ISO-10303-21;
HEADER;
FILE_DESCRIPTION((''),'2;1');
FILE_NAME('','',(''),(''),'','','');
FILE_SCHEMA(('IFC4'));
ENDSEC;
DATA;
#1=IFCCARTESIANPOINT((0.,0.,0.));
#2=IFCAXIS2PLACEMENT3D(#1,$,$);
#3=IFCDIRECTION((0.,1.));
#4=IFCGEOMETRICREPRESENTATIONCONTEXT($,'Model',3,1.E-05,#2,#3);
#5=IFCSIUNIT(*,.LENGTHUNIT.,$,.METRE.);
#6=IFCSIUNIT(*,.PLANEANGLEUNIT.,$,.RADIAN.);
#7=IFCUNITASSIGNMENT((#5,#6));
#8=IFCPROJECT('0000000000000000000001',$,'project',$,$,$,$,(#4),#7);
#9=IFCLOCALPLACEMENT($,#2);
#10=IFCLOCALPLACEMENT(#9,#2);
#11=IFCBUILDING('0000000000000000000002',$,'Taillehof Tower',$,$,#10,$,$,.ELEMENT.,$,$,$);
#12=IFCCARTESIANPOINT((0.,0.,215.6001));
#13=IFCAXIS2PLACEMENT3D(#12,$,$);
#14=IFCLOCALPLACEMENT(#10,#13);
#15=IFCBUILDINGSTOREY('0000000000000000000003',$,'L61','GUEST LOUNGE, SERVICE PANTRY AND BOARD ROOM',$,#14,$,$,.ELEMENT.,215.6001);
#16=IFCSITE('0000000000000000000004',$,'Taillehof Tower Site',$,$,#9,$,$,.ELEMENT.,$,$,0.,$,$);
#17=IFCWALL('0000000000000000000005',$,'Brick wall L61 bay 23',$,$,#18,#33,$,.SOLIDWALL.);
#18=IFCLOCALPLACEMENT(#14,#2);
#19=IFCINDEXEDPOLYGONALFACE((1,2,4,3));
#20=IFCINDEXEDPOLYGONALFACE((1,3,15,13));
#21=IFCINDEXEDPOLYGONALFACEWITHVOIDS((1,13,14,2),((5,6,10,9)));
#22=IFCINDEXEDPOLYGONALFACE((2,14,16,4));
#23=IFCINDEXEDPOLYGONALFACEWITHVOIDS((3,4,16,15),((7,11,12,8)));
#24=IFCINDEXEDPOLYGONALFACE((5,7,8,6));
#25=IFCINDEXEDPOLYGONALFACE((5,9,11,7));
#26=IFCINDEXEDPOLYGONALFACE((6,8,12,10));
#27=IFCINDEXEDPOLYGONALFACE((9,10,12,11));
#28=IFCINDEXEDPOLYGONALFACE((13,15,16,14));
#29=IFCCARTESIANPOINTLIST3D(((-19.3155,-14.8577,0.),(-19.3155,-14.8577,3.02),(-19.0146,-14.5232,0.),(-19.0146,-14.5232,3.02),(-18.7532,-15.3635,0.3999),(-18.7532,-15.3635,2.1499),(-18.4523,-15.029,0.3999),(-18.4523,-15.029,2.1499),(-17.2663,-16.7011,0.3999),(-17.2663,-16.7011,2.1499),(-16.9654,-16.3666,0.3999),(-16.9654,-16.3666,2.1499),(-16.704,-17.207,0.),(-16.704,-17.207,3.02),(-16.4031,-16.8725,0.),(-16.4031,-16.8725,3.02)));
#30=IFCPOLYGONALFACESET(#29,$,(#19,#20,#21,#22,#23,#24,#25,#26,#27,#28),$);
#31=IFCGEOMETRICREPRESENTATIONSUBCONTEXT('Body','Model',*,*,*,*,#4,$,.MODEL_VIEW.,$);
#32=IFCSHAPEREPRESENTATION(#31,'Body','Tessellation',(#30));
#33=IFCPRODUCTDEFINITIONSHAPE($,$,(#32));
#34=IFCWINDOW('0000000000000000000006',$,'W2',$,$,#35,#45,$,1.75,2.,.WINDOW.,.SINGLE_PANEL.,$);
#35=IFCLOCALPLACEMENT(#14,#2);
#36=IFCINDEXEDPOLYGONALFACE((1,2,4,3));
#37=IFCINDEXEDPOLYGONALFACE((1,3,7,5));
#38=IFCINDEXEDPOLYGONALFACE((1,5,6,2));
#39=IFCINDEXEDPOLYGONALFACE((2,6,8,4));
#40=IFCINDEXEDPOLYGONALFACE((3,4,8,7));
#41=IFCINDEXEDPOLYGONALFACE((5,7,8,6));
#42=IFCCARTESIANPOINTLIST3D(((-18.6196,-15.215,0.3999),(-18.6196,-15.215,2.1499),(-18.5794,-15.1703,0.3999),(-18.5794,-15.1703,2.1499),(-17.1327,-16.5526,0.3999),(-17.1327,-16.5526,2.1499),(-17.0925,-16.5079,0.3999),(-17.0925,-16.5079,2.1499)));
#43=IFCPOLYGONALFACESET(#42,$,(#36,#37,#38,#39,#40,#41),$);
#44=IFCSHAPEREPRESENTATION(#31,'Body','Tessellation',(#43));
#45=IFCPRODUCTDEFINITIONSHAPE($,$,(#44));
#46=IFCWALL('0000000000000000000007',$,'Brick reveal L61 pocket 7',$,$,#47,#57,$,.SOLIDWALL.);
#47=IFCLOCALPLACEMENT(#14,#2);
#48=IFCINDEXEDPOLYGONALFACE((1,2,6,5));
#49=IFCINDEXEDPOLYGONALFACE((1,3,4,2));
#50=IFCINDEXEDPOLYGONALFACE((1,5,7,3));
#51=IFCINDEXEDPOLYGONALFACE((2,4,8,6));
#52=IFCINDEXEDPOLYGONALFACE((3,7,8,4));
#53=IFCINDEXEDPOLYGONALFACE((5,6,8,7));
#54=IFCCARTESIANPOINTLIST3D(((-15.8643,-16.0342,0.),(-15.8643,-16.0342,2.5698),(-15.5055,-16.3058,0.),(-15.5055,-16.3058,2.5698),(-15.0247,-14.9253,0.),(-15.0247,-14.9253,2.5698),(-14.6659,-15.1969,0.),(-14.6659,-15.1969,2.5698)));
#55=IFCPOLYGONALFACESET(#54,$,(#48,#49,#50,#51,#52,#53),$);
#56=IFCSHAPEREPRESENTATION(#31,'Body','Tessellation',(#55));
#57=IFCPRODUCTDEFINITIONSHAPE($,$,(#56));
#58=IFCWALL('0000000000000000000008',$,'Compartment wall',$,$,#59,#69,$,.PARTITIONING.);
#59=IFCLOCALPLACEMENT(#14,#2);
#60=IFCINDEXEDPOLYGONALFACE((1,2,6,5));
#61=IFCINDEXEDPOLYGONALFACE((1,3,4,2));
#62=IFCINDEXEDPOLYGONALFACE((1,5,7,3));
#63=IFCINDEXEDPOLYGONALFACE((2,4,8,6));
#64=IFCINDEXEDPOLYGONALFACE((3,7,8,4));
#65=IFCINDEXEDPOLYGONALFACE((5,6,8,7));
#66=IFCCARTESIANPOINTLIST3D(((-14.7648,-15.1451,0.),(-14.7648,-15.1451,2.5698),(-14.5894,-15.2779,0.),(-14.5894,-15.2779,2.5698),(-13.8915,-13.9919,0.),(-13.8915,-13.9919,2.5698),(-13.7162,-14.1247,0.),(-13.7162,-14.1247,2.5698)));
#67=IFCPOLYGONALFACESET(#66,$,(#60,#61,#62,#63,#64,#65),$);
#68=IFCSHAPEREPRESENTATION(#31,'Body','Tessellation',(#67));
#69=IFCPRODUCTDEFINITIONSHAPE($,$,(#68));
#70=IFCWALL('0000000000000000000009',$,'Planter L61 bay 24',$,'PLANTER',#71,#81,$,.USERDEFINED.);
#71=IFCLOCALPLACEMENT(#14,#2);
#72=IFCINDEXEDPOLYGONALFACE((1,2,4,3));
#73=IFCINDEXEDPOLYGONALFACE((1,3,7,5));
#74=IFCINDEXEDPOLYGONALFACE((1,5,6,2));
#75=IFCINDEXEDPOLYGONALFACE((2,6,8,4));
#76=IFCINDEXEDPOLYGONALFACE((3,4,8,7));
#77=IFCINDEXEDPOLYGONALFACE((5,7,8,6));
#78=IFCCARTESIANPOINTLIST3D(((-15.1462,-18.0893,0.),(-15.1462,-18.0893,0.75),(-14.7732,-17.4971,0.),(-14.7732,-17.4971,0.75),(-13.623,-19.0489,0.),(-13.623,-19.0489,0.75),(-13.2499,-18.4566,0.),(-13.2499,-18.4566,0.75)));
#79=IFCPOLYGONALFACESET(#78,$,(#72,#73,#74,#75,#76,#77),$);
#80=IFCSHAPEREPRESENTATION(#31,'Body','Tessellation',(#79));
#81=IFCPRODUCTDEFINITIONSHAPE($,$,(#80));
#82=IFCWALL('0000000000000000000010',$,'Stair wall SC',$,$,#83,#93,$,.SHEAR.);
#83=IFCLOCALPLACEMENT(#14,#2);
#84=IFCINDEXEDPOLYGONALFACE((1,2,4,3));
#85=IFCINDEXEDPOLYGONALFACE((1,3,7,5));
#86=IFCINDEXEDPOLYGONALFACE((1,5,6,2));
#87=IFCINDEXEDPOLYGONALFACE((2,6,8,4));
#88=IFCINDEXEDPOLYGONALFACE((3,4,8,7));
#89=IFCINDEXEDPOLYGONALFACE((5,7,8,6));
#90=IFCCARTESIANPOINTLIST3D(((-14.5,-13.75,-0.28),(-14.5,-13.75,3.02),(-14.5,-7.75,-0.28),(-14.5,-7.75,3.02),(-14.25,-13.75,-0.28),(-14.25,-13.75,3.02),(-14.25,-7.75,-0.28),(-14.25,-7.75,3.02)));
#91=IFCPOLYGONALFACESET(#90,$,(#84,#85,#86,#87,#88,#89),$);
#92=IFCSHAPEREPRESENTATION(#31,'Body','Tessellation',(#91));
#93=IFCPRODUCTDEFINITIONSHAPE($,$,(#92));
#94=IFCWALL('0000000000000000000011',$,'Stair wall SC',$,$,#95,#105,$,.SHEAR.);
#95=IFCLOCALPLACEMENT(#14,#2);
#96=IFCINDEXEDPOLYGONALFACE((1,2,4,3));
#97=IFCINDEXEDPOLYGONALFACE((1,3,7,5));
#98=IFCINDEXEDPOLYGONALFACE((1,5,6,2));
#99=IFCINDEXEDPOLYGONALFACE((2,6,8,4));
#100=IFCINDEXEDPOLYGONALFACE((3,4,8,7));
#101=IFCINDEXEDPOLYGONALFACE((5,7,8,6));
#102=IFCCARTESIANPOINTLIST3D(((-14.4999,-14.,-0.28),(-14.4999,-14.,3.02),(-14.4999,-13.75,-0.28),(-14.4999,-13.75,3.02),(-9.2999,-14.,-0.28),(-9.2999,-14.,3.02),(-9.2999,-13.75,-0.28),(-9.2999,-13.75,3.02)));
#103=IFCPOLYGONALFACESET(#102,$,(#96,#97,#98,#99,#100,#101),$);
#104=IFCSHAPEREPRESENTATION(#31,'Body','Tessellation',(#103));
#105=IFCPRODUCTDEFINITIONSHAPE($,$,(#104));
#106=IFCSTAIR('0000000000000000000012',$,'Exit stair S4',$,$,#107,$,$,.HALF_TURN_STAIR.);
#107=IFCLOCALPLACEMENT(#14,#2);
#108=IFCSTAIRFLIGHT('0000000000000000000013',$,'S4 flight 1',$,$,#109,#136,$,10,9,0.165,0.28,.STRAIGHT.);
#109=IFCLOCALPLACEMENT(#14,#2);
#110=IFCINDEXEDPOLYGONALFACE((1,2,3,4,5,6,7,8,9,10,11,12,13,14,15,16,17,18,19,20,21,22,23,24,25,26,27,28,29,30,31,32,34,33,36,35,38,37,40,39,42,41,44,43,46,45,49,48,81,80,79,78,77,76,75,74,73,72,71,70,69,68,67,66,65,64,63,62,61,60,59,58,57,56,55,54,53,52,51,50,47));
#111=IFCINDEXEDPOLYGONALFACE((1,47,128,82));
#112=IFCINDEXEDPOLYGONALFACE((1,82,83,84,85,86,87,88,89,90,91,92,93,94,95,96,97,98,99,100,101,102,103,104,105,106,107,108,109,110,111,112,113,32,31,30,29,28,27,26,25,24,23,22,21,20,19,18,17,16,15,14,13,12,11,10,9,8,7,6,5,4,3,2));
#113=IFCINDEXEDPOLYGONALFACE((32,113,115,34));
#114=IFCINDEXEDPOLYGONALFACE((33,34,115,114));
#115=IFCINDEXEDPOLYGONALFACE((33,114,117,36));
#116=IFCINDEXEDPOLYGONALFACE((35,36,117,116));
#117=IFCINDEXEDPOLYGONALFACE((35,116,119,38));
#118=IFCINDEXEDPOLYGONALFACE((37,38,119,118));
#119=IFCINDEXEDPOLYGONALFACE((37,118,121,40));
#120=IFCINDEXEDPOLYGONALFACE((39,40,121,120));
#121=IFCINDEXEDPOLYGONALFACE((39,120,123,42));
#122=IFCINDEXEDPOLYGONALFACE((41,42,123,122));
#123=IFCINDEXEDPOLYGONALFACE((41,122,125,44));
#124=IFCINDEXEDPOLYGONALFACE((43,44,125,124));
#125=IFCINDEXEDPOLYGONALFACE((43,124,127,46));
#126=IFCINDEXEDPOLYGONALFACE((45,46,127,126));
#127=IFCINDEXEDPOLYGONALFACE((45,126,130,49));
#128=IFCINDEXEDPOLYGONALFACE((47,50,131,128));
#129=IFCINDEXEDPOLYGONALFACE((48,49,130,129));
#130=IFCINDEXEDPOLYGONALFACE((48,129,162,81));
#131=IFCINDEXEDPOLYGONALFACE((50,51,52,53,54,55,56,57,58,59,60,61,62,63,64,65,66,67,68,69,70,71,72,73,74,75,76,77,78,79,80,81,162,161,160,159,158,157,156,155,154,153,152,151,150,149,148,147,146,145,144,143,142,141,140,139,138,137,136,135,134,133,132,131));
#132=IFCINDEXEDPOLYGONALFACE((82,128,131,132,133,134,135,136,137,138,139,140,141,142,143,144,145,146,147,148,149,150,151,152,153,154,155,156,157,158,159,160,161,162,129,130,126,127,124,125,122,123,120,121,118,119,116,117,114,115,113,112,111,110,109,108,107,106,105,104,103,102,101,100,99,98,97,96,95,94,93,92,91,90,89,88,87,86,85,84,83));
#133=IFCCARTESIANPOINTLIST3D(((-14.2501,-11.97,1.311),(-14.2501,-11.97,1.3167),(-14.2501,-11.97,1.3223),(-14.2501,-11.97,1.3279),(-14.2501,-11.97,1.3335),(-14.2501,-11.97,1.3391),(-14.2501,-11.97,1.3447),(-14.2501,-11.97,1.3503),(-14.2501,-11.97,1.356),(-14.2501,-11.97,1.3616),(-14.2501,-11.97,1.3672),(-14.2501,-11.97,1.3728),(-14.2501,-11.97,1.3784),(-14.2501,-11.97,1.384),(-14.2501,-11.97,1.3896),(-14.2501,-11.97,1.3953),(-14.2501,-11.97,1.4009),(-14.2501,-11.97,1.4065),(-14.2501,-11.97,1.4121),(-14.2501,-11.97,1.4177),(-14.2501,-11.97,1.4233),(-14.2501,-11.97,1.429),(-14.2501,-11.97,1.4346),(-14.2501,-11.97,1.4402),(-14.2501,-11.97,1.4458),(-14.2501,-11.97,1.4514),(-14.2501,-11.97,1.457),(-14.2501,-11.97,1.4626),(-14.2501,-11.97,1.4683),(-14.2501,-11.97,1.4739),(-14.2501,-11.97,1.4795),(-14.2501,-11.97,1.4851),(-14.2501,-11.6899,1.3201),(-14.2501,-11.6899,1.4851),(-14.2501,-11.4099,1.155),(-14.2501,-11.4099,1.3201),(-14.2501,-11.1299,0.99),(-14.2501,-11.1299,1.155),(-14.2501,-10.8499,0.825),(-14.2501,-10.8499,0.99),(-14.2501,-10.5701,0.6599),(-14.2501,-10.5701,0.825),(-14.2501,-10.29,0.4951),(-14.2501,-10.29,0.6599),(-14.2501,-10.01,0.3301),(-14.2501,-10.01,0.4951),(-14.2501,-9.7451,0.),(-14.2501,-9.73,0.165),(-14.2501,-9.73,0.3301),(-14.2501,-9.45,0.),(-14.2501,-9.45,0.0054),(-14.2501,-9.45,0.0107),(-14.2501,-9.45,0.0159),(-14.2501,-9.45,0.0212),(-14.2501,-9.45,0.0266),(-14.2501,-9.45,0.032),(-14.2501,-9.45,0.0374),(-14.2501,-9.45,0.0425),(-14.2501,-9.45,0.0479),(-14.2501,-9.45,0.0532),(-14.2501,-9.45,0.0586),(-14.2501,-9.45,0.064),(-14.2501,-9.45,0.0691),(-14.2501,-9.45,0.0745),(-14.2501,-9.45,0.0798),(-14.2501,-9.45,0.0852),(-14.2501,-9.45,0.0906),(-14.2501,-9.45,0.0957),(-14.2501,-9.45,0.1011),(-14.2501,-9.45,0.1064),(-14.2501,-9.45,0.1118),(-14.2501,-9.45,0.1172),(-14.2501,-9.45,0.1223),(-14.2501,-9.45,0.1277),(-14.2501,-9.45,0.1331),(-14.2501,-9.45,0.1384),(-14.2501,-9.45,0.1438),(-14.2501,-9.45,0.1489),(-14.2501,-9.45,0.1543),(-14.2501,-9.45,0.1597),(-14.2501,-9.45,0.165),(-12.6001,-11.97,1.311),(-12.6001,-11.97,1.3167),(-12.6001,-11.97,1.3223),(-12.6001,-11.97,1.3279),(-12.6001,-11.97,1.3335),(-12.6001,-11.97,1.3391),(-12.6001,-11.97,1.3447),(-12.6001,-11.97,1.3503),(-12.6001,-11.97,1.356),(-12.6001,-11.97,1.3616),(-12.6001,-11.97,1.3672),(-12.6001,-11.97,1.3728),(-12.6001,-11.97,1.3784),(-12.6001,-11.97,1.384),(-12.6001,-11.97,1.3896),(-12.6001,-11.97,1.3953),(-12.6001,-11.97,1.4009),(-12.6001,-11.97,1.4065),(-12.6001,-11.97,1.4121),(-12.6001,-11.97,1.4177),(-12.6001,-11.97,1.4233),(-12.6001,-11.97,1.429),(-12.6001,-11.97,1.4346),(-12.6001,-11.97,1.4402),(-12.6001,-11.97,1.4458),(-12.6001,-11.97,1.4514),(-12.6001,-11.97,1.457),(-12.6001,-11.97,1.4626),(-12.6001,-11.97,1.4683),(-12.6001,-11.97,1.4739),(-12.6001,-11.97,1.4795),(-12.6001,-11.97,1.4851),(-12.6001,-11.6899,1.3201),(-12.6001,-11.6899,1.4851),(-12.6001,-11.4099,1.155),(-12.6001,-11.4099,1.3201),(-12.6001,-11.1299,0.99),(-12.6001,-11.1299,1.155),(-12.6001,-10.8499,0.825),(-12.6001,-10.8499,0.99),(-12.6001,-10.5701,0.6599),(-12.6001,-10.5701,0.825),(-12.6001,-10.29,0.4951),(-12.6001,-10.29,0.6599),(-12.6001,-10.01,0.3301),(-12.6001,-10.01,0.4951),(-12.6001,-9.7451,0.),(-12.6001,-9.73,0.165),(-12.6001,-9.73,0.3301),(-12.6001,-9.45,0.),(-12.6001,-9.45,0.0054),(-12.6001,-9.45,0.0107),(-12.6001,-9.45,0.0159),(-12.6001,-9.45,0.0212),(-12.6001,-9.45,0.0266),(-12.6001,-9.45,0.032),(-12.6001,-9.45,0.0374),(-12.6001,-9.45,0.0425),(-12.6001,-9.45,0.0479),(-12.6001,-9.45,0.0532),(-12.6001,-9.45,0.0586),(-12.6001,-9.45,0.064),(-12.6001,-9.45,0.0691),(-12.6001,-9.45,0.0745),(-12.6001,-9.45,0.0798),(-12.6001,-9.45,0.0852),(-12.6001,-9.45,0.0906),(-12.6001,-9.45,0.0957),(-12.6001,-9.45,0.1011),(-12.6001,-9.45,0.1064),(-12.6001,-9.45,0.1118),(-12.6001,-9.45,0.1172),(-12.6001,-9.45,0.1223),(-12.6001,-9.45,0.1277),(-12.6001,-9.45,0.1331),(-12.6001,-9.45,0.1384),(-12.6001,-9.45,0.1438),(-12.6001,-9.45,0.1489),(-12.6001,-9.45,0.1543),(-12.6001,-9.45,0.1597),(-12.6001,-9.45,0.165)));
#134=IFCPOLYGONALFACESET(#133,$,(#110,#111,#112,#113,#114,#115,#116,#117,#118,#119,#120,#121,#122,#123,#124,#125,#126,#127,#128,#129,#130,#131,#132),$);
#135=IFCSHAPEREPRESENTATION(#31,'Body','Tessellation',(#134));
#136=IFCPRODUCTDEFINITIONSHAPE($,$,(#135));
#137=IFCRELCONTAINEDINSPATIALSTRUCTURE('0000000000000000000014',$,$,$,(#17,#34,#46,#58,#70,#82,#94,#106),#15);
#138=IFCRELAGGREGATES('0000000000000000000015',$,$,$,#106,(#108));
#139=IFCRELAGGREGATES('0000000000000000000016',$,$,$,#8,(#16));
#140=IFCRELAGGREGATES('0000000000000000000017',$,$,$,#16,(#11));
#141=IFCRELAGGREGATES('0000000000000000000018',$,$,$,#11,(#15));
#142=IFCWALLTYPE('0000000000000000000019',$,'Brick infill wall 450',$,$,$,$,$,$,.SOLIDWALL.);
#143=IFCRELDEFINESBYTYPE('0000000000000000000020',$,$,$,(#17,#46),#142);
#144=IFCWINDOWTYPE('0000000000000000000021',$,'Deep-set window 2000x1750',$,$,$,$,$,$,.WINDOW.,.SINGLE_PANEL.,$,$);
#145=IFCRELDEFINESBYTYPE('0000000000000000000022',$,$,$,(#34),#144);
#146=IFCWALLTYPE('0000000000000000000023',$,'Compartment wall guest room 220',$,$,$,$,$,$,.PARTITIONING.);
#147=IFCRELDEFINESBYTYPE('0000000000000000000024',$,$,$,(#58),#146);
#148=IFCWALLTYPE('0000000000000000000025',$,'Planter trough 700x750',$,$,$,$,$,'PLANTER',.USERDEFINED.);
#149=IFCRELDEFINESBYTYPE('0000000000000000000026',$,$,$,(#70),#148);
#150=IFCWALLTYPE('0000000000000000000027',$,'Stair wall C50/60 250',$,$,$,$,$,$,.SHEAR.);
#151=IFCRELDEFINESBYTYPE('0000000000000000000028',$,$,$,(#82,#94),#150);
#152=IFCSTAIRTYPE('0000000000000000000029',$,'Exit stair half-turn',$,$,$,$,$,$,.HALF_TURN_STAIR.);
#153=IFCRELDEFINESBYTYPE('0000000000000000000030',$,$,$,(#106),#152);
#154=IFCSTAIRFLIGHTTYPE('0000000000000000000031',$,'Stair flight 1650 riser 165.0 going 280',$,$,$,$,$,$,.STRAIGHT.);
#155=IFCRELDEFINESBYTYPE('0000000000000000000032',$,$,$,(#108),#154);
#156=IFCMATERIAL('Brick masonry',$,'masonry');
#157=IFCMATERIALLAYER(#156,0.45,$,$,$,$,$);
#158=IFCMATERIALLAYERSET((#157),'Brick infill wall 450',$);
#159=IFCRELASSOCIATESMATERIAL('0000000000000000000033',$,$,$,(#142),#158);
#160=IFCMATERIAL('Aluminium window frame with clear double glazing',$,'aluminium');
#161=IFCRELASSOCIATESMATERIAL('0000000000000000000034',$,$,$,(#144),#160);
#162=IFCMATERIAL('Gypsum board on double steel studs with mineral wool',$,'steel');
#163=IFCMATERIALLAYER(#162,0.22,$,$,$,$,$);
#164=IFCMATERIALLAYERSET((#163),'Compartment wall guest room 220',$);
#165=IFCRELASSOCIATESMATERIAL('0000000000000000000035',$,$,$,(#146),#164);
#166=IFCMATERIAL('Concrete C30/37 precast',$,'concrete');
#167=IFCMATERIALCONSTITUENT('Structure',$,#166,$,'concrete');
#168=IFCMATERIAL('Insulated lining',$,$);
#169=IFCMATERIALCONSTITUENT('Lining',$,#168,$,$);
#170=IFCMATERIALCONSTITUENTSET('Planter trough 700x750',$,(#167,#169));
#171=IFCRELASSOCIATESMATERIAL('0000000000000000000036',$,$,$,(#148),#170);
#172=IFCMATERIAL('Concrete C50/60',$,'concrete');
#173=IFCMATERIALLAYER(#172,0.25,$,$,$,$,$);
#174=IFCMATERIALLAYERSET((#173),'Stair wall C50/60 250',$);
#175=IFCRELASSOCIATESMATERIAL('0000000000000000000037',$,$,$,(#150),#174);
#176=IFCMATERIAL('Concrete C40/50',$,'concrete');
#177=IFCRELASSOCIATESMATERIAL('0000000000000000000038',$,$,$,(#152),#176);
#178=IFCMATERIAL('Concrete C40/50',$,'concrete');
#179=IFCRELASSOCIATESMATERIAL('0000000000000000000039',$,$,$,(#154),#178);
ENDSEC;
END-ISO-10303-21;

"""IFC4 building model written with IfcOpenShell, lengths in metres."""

from ifc_helpers import new_model, si_unit, direction, frame, frame_2d, origin, place, context, subcontext, project, spatial, polyline, rectangle, outline, extrude, material, layer, layer_set, constituent, constituent_set, type_object, element, fill, aggregate, save


model = new_model("IFC4")

# Units and contexts
model_context = context("Model", 3, precision=1e-05, world=origin(), true_north=direction((0.0, 1.0)))
body_context = subcontext(model_context, "Body", "Model", "MODEL_VIEW")
ifc_project = project(units=[si_unit("LENGTHUNIT", "METRE"), si_unit("PLANEANGLEUNIT", "RADIAN")], contexts=[model_context])

# Site, building, storey
site_placement = place(None, origin())
site = spatial("IfcSite", under=ifc_project, at=site_placement, Name="Taillehof Tower Site", CompositionType="ELEMENT", RefElevation=0.0)
building_placement = place(site_placement, origin())
building = spatial("IfcBuilding", under=site, at=building_placement, Name="Taillehof Tower", CompositionType="ELEMENT")
storey_placement = place(building_placement, frame((0.0, 0.0, 215.6001)))
storey = spatial("IfcBuildingStorey", under=building, at=storey_placement, Name="L61", Description="GUEST LOUNGE, SERVICE PANTRY AND BOARD ROOM", CompositionType="ELEMENT", Elevation=215.6001)

# Wall, opening, window
ifc_material_1 = material(Name="Brick masonry", Category="masonry")
ifc_layer_1 = layer(ifc_material_1, 0.45)
ifc_layer_set_1 = layer_set([ifc_layer_1], Name="Brick infill wall 450")
wall_type_1 = type_object("IfcWallType", Name="Brick infill wall 450", PredefinedType="SOLIDWALL", material=ifc_layer_set_1)
ifc_material_2 = material(Name="Aluminium window frame with clear double glazing", Category="aluminium")
window_type_1 = type_object("IfcWindowType", Name="Deep-set window 2000x1750", PartitioningType="SINGLE_PANEL", PredefinedType="WINDOW", material=ifc_material_2)
wall_1_placement = place(storey_placement, frame((-19.165, -14.6904, 0.0), z_axis=(0.0, 0.0, 1.0), x_axis=(0.743443, -0.6688, 0.0)))
wall_1 = element("IfcWall", 1, at=wall_1_placement, inside=storey, type_object=wall_type_1, Name="Brick wall L61 bay 23", PredefinedType="SOLIDWALL", context=body_context, shape_type="SweptSolid", body=[
    extrude(rectangle(XDim=3.5127, YDim=0.45, at=frame_2d((1.7563, 0.0))), origin(), (0.0, 0.0, 1.0), 3.02),
])
opening_1_placement = place(wall_1_placement, frame((0.7563, 0.0, 0.3999)))
opening_1 = element("IfcOpeningElement", 2, at=opening_1_placement, cuts=wall_1, PredefinedType="OPENING", context=body_context, shape_type="SweptSolid", body=[
    extrude(rectangle(XDim=2.0, YDim=1.75, at=frame_2d((1.0, 0.875))), frame((0.0, 0.2349, 0.0), z_axis=(0.0, -1.0, 0.0), x_axis=(1.0, 0.0, 0.0)), (0.0, 0.0, 1.0), 0.47),
])
window_1_placement = place(opening_1_placement, origin())
window_1 = element("IfcWindow", 3, at=window_1_placement, inside=storey, type_object=window_type_1, Name="W2", OverallHeight=1.75, OverallWidth=2.0, PartitioningType="SINGLE_PANEL", PredefinedType="WINDOW", context=body_context, shape_type="SweptSolid", body=[
    extrude(rectangle(XDim=2.0, YDim=1.75, at=frame_2d((1.0, 0.875))), frame((0.0, 0.0349, 0.0), z_axis=(0.0, -1.0, 0.0), x_axis=(1.0, 0.0, 0.0)), (0.0, 0.0, 1.0), 0.0601),
])
fill(opening_1, window_1)

# Wall
wall_2_placement = place(storey_placement, frame((-15.6848, -16.1699, 0.0), z_axis=(0.0, 0.0, 1.0), x_axis=(0.603645, 0.797253, 0.0)))
element("IfcWall", 4, at=wall_2_placement, inside=storey, type_object=wall_type_1, Name="Brick reveal L61 pocket 7", PredefinedType="SOLIDWALL", context=body_context, shape_type="SweptSolid", body=[
    extrude(rectangle(XDim=1.3909, YDim=0.45, at=frame_2d((0.6953, 0.0))), origin(), (0.0, 0.0, 1.0), 2.5698),
])

# Walls
ifc_material_3 = material(Name="Gypsum board on double steel studs with mineral wool", Category="steel")
ifc_layer_2 = layer(ifc_material_3, 0.22)
ifc_layer_set_2 = layer_set([ifc_layer_2], Name="Compartment wall guest room 220")
wall_type_2 = type_object("IfcWallType", Name="Compartment wall guest room 220", PredefinedType="PARTITIONING", material=ifc_layer_set_2)
wall_3_placement = place(storey_placement, frame((-14.677, -15.2114, 0.0), z_axis=(0.0, 0.0, 1.0), x_axis=(0.603666, 0.797237, 0.0)))
element("IfcWall", 5, at=wall_3_placement, inside=storey, type_object=wall_type_2, Name="Compartment wall", PredefinedType="PARTITIONING", context=body_context, shape_type="SweptSolid", body=[
    extrude(rectangle(XDim=1.4465, YDim=0.22, at=frame_2d((0.7231, 0.0))), origin(), (0.0, 0.0, 1.0), 2.5698),
])
ifc_material_4 = material(Name="Concrete C30/37 precast", Category="concrete")
ifc_constituent_1 = constituent(ifc_material_4, Name="Structure", Category="concrete")
ifc_material_5 = material(Name="Insulated lining")
ifc_constituent_2 = constituent(ifc_material_5, Name="Lining")
ifc_constituent_set = constituent_set(constituents=[ifc_constituent_1, ifc_constituent_2], Name="Planter trough 700x750")
wall_type_3 = type_object("IfcWallType", Name="Planter trough 700x750", ElementType="PLANTER", PredefinedType="USERDEFINED", material=ifc_constituent_set)
wall_4_placement = place(storey_placement, frame((-14.9597, -17.7932, 0.0), z_axis=(0.0, 0.0, 1.0), x_axis=(0.846126, -0.532982, 0.0)))
element("IfcWall", 6, at=wall_4_placement, inside=storey, type_object=wall_type_3, Name="Planter L61 bay 24", ObjectType="PLANTER", PredefinedType="USERDEFINED", context=body_context, shape_type="SweptSolid", body=[
    extrude(rectangle(XDim=1.8003, YDim=0.7, at=frame_2d((0.9001, 0.0))), origin(), (0.0, 0.0, 1.0), 0.75),
])
ifc_material_6 = material(Name="Concrete C50/60", Category="concrete")
ifc_layer_3 = layer(ifc_material_6, 0.25)
ifc_layer_set_3 = layer_set([ifc_layer_3], Name="Stair wall C50/60 250")
wall_type_4 = type_object("IfcWallType", Name="Stair wall C50/60 250", PredefinedType="SHEAR", material=ifc_layer_set_3)
wall_5_placement = place(storey_placement, frame((-14.375, -13.75, -0.28), z_axis=(0.0, 0.0, 1.0), x_axis=(0.0, 1.0, 0.0)))
element("IfcWall", 7, at=wall_5_placement, inside=storey, type_object=wall_type_4, Name="Stair wall SC", PredefinedType="SHEAR", context=body_context, shape_type="SweptSolid", body=[
    extrude(rectangle(XDim=6.0, YDim=0.25, at=frame_2d((3.0, 0.0))), origin(), (0.0, 0.0, 1.0), 3.3),
])
wall_6_placement = place(storey_placement, frame((-14.5, -13.875, -0.28), z_axis=(0.0, 0.0, 1.0), x_axis=(1.0, 0.0, 0.0)))
element("IfcWall", 8, at=wall_6_placement, inside=storey, type_object=wall_type_4, Name="Stair wall SC", PredefinedType="SHEAR", context=body_context, shape_type="SweptSolid", body=[
    extrude(rectangle(XDim=5.2, YDim=0.25, at=frame_2d((2.6001, 0.0))), origin(), (0.0, 0.0, 1.0), 3.3),
])

# Stair, stair flight
ifc_material_7 = material(Name="Concrete C40/50", Category="concrete")
stair_type = type_object("IfcStairType", Name="Exit stair half-turn", PredefinedType="HALF_TURN_STAIR", material=ifc_material_7)
stair_placement = place(storey_placement, origin())
stair = element("IfcStair", 9, at=stair_placement, inside=storey, type_object=stair_type, Name="Exit stair S4", PredefinedType="HALF_TURN_STAIR")
ifc_material_8 = material(Name="Concrete C40/50", Category="concrete")
stair_flight_type = type_object("IfcStairFlightType", Name="Stair flight 1650 riser 165.0 going 280", PredefinedType="STRAIGHT", material=ifc_material_8)
stair_flight_placement = place(storey_placement, frame((-13.425, -9.45, 0.0), z_axis=(0.0, 0.0, 1.0), x_axis=(0.0, -1.0, 0.0)))
stair_flight = element("IfcStairFlight", 10, at=stair_flight_placement, type_object=stair_flight_type, Name="S4 flight 1", NumberOfRisers=10, NumberOfTreads=9, PredefinedType="STRAIGHT", RiserHeight=0.165, TreadLength=0.28, context=body_context, shape_type="SweptSolid", body=[
    extrude(outline(polyline([(0.0, 0.0), (0.0, 0.0054), (0.0, 0.0107), (0.0, 0.0159), (0.0, 0.0212), (0.0, 0.0266), (0.0, 0.032), (0.0, 0.0374), (0.0, 0.0425), (0.0, 0.0479), (0.0, 0.0532), (0.0, 0.0586), (0.0, 0.064), (0.0, 0.0691), (0.0, 0.0745), (0.0, 0.0798), (0.0, 0.0852), (0.0, 0.0906), (0.0, 0.0957), (0.0, 0.1011), (0.0, 0.1064), (0.0, 0.1118), (0.0, 0.1172), (0.0, 0.1223), (0.0, 0.1277), (0.0, 0.1331), (0.0, 0.1384), (0.0, 0.1438), (0.0, 0.1489), (0.0, 0.1543), (0.0, 0.1597), (0.0, 0.165), (0.28, 0.165), (0.28, 0.3301), (0.5601, 0.3301), (0.5601, 0.4951), (0.8401, 0.4951), (0.8401, 0.6599), (1.1201, 0.6599), (1.1201, 0.825), (1.3999, 0.825), (1.3999, 0.99), (1.6799, 0.99), (1.6799, 1.155), (1.96, 1.155), (1.96, 1.3201), (2.24, 1.3201), (2.24, 1.4851), (2.52, 1.4851), (2.52, 1.4795), (2.52, 1.4739), (2.52, 1.4683), (2.52, 1.4626), (2.52, 1.457), (2.52, 1.4514), (2.52, 1.4458), (2.52, 1.4402), (2.52, 1.4346), (2.52, 1.429), (2.52, 1.4233), (2.52, 1.4177), (2.52, 1.4121), (2.52, 1.4065), (2.52, 1.4009), (2.52, 1.3953), (2.52, 1.3896), (2.52, 1.384), (2.52, 1.3784), (2.52, 1.3728), (2.52, 1.3672), (2.52, 1.3616), (2.52, 1.356), (2.52, 1.3503), (2.52, 1.3447), (2.52, 1.3391), (2.52, 1.3335), (2.52, 1.3279), (2.52, 1.3223), (2.52, 1.3167), (2.52, 1.311), (0.2952, 0.0), (0.0, 0.0)])), frame((0.0, 0.825, 0.0), z_axis=(0.0, -1.0, 0.0), x_axis=(1.0, 0.0, 0.0)), (0.0, 0.0, 1.0), 1.65),
])
aggregate(stair, [stair_flight])

save(model, "model.ifc")
